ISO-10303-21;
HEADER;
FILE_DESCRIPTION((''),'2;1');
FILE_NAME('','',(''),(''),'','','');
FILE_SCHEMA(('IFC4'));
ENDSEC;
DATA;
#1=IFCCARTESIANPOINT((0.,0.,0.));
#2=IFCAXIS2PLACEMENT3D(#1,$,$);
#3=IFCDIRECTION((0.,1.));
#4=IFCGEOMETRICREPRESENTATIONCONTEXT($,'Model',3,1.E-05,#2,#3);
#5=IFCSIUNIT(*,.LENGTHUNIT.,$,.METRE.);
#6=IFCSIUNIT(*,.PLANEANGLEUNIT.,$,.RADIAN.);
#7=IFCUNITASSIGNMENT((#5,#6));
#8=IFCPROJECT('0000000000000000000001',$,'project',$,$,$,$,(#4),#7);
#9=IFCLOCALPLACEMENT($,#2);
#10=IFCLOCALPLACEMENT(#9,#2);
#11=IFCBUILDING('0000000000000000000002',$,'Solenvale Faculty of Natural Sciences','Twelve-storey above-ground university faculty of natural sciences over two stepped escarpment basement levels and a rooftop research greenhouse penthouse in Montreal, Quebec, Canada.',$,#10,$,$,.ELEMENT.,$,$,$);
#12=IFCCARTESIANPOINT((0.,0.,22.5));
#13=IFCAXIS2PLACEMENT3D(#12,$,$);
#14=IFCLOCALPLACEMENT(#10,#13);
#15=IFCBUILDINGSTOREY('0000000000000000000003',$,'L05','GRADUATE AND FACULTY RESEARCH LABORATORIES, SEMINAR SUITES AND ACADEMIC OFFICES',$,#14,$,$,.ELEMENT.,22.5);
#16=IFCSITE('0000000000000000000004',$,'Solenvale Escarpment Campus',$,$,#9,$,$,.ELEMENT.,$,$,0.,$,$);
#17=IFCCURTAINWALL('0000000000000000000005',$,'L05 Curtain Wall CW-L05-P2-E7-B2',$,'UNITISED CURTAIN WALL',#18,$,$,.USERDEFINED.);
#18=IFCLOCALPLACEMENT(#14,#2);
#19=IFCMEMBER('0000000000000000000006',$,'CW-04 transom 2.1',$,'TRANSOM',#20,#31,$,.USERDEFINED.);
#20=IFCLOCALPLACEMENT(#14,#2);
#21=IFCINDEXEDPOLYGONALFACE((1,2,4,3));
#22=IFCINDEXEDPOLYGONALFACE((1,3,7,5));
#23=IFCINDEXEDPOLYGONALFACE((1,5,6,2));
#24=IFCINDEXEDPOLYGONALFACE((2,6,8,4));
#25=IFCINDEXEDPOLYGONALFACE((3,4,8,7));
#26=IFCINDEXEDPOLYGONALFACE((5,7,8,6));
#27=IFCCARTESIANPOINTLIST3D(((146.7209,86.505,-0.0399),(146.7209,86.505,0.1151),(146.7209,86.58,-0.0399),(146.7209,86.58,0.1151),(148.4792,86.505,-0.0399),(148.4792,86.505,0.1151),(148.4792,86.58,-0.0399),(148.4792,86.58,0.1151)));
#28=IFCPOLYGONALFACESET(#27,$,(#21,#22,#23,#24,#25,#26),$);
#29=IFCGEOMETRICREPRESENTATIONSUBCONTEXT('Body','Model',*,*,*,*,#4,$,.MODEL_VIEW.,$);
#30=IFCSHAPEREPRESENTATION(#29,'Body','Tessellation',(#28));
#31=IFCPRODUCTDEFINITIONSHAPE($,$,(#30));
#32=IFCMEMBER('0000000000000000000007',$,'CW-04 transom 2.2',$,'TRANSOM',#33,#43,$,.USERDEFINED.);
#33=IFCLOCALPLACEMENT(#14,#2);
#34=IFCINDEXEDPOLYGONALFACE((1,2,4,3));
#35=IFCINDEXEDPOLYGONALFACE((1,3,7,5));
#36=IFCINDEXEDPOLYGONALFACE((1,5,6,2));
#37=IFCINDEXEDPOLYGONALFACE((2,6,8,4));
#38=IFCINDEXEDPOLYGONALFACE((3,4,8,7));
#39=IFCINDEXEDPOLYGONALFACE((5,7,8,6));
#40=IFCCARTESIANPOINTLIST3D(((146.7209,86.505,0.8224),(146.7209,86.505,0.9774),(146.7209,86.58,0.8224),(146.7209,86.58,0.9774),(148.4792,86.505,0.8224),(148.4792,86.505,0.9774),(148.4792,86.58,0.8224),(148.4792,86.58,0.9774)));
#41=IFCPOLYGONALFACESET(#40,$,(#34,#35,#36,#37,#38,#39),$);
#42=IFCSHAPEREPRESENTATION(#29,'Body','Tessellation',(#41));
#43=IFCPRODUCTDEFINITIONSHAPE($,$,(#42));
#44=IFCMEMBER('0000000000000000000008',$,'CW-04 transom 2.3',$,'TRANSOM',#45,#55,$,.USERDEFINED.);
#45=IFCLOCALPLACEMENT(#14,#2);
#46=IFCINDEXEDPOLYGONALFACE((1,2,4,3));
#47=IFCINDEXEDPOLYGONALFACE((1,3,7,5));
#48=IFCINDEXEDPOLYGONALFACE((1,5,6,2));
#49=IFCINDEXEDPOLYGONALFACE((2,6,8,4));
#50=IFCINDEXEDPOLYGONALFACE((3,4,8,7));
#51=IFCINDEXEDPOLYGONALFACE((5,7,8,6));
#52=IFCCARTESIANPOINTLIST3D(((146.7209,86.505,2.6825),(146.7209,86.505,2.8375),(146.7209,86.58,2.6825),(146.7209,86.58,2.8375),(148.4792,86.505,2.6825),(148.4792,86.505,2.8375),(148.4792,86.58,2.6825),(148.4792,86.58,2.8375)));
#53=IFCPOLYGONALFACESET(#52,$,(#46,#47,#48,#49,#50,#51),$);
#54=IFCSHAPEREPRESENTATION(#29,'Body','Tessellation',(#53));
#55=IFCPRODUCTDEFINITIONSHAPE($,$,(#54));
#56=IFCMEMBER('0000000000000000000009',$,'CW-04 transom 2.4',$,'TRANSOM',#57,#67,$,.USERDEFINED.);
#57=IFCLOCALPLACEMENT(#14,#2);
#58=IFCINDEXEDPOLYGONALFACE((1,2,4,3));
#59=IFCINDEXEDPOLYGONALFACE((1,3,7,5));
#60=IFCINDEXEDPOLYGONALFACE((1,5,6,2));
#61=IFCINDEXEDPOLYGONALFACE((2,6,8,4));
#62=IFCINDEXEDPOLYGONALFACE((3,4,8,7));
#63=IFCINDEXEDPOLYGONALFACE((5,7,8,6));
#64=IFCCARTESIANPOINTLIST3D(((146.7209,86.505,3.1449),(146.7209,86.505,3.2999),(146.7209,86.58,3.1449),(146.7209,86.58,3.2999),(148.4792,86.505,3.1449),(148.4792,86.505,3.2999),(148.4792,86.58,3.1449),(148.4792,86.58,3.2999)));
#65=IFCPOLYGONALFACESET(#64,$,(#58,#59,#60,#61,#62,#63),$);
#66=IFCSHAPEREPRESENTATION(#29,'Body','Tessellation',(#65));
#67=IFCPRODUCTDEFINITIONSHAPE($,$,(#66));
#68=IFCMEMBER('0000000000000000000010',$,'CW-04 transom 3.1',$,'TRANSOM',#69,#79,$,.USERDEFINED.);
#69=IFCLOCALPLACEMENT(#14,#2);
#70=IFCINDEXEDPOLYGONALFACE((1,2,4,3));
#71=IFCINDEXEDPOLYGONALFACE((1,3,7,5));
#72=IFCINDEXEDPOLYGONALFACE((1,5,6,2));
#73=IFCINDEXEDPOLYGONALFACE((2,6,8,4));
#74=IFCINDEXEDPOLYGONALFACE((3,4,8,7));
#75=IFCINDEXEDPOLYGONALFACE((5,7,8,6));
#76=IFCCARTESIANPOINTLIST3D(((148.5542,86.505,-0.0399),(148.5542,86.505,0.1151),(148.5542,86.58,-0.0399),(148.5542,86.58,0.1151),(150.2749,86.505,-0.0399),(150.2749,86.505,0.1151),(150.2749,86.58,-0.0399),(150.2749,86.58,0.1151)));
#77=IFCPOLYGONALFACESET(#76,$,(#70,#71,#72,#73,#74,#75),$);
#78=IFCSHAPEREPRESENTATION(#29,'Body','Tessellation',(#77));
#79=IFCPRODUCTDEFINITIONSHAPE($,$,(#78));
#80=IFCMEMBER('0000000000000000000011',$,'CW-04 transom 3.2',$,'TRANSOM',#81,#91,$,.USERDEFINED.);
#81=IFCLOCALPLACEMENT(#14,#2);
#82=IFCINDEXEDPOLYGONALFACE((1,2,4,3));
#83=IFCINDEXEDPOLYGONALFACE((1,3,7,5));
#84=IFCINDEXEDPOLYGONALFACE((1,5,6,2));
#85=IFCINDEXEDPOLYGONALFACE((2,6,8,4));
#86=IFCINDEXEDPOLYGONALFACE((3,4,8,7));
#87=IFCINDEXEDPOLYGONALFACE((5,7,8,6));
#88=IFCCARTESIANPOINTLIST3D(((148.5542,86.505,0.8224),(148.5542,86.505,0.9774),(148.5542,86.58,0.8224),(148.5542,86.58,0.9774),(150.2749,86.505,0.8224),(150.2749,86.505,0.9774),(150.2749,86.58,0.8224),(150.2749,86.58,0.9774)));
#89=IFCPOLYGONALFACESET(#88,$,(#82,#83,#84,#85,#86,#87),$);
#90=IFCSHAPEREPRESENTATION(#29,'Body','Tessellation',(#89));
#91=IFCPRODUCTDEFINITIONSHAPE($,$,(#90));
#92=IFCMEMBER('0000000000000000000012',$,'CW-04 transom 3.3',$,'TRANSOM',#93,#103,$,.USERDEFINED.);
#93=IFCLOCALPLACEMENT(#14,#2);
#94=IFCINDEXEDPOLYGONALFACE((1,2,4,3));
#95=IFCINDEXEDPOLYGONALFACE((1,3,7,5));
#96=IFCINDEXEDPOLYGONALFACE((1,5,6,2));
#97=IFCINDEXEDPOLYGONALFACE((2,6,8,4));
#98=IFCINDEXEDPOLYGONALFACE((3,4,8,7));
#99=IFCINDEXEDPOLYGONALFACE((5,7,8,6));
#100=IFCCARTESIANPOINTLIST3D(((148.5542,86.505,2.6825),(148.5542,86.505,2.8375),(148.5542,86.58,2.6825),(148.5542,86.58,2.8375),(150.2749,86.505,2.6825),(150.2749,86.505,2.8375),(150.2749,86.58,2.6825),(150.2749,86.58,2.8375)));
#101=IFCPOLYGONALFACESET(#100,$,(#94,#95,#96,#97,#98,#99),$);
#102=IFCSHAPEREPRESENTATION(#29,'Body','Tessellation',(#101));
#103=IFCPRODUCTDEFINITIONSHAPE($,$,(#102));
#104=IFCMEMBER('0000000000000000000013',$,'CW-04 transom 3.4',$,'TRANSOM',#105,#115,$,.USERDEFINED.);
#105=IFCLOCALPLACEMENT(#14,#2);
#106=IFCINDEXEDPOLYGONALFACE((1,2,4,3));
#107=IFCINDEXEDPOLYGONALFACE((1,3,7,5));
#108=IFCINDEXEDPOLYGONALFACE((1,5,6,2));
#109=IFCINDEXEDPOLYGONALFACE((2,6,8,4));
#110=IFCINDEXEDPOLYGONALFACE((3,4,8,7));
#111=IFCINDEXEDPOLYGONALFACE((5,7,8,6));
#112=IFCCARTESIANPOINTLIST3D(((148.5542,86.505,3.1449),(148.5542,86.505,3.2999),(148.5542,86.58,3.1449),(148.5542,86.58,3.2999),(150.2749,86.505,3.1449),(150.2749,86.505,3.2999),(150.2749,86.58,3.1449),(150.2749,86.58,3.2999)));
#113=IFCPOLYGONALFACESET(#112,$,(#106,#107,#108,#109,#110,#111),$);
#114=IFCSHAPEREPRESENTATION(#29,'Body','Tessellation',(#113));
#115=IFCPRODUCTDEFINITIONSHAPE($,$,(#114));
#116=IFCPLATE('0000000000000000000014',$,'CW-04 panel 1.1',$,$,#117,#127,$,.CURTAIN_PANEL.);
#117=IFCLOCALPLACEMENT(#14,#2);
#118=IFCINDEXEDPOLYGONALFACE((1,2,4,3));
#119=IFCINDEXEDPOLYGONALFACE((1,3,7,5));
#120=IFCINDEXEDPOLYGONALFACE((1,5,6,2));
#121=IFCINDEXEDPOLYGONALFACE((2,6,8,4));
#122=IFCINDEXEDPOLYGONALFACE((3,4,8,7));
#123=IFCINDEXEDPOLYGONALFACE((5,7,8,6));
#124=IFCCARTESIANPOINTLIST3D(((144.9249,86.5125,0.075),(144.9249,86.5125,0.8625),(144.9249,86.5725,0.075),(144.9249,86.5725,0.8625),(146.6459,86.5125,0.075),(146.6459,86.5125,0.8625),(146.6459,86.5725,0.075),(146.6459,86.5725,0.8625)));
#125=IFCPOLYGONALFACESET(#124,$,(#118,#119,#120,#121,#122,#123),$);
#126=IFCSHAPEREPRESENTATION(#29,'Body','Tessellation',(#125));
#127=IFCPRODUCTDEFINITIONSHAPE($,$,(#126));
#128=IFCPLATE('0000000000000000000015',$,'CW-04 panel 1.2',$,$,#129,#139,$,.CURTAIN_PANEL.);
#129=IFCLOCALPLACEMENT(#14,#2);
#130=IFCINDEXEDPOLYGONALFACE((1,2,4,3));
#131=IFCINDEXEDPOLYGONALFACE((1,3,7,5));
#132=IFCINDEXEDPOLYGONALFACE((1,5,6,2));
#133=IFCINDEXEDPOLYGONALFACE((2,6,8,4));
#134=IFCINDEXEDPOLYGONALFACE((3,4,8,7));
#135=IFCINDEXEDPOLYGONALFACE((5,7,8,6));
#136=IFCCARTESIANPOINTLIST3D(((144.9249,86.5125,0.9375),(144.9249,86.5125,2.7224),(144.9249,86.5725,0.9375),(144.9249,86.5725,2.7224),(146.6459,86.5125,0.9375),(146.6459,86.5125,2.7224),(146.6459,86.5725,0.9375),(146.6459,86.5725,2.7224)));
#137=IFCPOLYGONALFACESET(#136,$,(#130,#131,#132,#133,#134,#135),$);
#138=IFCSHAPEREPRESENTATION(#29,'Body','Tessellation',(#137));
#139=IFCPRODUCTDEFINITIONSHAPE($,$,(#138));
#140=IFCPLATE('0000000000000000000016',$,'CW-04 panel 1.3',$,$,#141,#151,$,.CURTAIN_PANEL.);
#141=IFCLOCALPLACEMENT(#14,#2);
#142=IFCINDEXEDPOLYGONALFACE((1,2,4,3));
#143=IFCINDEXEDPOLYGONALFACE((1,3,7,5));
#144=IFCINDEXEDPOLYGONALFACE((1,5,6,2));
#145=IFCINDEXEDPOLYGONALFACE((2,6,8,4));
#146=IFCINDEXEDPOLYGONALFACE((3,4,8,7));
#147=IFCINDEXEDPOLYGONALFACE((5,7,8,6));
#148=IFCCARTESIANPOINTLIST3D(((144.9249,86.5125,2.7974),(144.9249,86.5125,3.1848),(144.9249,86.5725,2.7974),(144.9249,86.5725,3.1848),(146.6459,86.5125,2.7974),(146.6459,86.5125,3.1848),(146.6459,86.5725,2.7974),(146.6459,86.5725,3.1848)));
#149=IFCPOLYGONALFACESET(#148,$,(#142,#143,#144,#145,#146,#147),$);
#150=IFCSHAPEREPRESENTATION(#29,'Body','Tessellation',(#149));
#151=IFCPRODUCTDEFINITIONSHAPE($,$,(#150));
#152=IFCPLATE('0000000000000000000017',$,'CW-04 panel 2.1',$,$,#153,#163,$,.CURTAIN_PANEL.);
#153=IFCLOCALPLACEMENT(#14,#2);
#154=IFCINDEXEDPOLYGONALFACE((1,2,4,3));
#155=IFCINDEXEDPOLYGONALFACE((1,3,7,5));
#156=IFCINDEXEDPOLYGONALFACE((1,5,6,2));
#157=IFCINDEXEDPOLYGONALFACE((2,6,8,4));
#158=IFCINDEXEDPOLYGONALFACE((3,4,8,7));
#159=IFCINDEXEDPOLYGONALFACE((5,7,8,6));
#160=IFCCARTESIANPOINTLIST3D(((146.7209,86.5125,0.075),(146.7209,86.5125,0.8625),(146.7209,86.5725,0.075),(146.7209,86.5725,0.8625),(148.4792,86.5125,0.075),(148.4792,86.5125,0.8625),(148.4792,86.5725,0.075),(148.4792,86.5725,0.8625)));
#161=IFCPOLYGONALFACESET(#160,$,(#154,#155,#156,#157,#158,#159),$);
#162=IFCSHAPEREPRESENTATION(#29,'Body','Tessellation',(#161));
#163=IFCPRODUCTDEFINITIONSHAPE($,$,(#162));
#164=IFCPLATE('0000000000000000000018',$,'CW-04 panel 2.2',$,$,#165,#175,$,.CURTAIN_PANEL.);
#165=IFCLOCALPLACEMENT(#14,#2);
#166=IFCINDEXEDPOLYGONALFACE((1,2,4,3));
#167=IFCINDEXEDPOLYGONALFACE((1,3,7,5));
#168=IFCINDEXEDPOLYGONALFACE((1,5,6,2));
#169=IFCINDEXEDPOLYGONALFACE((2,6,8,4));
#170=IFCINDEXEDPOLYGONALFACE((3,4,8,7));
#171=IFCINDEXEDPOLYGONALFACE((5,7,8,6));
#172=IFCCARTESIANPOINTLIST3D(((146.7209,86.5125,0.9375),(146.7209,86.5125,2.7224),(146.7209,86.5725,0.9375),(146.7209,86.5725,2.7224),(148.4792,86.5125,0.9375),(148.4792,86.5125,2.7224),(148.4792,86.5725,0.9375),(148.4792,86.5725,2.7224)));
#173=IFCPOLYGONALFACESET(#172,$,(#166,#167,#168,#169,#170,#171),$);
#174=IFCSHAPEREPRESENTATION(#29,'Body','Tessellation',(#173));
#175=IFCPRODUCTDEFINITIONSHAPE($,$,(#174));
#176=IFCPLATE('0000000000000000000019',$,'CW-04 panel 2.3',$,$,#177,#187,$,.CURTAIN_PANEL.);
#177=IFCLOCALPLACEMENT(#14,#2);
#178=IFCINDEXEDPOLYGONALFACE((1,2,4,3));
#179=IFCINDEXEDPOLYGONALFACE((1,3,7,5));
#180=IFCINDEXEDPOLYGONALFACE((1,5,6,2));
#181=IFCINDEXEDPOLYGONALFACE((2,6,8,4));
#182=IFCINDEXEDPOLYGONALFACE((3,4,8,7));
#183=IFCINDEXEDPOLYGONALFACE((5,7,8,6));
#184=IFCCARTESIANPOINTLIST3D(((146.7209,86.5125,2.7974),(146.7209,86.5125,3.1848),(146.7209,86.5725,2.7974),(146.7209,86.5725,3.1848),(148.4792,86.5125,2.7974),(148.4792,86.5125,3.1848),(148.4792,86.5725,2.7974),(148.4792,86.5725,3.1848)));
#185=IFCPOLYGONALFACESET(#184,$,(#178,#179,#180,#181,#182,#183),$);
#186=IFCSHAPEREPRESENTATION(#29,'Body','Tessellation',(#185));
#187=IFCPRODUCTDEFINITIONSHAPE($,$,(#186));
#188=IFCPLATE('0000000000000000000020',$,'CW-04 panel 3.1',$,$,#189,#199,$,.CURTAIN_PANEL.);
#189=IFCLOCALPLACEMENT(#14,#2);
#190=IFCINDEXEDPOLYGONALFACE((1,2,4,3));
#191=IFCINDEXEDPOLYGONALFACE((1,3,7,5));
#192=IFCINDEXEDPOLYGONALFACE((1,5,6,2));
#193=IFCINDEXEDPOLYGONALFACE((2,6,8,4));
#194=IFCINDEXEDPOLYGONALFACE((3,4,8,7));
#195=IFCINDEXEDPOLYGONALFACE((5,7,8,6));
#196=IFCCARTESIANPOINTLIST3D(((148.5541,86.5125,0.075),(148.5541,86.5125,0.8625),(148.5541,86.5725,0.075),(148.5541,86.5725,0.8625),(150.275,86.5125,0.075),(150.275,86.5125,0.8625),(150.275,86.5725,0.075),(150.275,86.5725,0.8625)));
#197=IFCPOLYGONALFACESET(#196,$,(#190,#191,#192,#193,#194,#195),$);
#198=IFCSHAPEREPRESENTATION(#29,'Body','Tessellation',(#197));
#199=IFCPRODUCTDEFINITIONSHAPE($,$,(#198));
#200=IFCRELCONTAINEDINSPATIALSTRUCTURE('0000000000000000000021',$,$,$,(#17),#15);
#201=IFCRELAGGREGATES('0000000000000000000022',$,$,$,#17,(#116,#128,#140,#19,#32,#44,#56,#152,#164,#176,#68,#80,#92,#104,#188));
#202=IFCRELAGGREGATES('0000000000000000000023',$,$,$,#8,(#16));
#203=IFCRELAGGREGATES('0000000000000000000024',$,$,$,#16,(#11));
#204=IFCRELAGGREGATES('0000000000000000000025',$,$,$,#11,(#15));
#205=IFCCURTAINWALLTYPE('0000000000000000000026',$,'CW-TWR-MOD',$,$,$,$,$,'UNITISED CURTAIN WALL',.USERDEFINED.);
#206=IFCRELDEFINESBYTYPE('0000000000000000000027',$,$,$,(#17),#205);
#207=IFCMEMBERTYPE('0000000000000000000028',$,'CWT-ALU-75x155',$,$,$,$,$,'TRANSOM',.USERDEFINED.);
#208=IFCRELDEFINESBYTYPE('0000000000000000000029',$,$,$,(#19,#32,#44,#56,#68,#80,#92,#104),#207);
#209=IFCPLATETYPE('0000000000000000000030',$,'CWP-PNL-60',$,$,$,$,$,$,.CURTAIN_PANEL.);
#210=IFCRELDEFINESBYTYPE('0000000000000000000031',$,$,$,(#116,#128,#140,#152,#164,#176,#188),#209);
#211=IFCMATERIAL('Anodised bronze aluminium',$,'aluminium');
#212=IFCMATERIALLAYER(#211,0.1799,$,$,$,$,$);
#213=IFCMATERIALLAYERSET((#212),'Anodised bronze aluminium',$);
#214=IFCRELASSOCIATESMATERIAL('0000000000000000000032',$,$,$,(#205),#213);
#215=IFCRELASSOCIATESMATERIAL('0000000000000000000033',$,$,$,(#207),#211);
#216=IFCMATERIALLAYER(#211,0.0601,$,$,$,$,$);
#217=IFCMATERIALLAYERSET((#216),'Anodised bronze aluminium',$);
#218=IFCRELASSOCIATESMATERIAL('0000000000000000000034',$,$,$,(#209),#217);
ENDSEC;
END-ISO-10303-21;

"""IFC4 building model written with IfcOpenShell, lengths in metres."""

from ifc_helpers import new_model, si_unit, direction, frame, origin, origin_2d, place, context, subcontext, project, spatial, rectangle, extrude, material, layer, layer_set, material_profile, profile_set, type_object, element, aggregate, save


model = new_model("IFC4")

# Units and contexts
model_context = context("Model", 3, precision=1e-05, world=origin(), true_north=direction((0.0, 1.0)))
body_context = subcontext(model_context, "Body", "Model", "MODEL_VIEW")
ifc_project = project(units=[si_unit("LENGTHUNIT", "METRE"), si_unit("PLANEANGLEUNIT", "RADIAN")], contexts=[model_context])

# Site, building, storey
site_placement = place(None, origin())
site = spatial("IfcSite", under=ifc_project, at=site_placement, Name="Solenvale Escarpment Campus", CompositionType="ELEMENT", RefElevation=0.0)
building_placement = place(site_placement, origin())
building = spatial("IfcBuilding", under=site, at=building_placement, Name="Solenvale Faculty of Natural Sciences", Description="Twelve-storey above-ground university faculty of natural sciences over two stepped escarpment basement levels and a rooftop research greenhouse penthouse in Montreal, Quebec, Canada.", CompositionType="ELEMENT")
storey_placement = place(building_placement, frame((0.0, 0.0, 22.5)))
storey = spatial("IfcBuildingStorey", under=building, at=storey_placement, Name="L05", Description="GRADUATE AND FACULTY RESEARCH LABORATORIES, SEMINAR SUITES AND ACADEMIC OFFICES", CompositionType="ELEMENT", Elevation=22.5)

# Shared definitions
ifc_material_1 = material(Name="Anodised bronze aluminium", Category="aluminium")
ifc_layer_1 = layer(ifc_material_1, 0.1799)
ifc_layer_set_1 = layer_set([ifc_layer_1], Name="Anodised bronze aluminium")
curtain_wall_type = type_object("IfcCurtainWallType", Name="CW-TWR-MOD", ElementType="UNITISED CURTAIN WALL", PredefinedType="USERDEFINED", material=ifc_layer_set_1)

# Curtain wall
curtain_wall_1_placement = place(storey_placement, origin())
curtain_wall_1 = element("IfcCurtainWall", 1, at=curtain_wall_1_placement, inside=storey, type_object=curtain_wall_type, Name="L05 Curtain Wall CW-L05-P2-E7-B2", ObjectType="UNITISED CURTAIN WALL", PredefinedType="USERDEFINED")

# Members
ifc_material_profile_1 = material_profile(ifc_material_1, rectangle(XDim=0.075, YDim=0.155, at=origin_2d()), Name="ALU-TRN-75x155")
ifc_profile_set_1 = profile_set([ifc_material_profile_1], Name="Anodised bronze aluminium")
member_type_1 = type_object("IfcMemberType", Name="CWT-ALU-75x155", ElementType="TRANSOM", PredefinedType="USERDEFINED", material=ifc_profile_set_1)
member_1_placement = place(storey_placement, frame((146.7209, 86.5425, 0.0376), z_axis=(1.0, 0.0, 0.0), x_axis=(0.0, 1.0, 0.0)))
member_1 = element("IfcMember", 2, at=member_1_placement, type_object=member_type_1, Name="CW-04 transom 2.1", ObjectType="TRANSOM", PredefinedType="USERDEFINED", context=body_context, shape_type="SweptSolid", body=[
    extrude(rectangle(XDim=0.075, YDim=0.155, at=origin_2d()), origin(), (0.0, 0.0, 1.0), 1.7583),
])
member_2_placement = place(storey_placement, frame((146.7209, 86.5425, 0.8999), z_axis=(1.0, 0.0, 0.0), x_axis=(0.0, 1.0, 0.0)))
member_2 = element("IfcMember", 3, at=member_2_placement, type_object=member_type_1, Name="CW-04 transom 2.2", ObjectType="TRANSOM", PredefinedType="USERDEFINED", context=body_context, shape_type="SweptSolid", body=[
    extrude(rectangle(XDim=0.075, YDim=0.155, at=origin_2d()), origin(), (0.0, 0.0, 1.0), 1.7583),
])
member_3_placement = place(storey_placement, frame((146.7209, 86.5425, 2.76), z_axis=(1.0, 0.0, 0.0), x_axis=(0.0, 1.0, 0.0)))
member_3 = element("IfcMember", 4, at=member_3_placement, type_object=member_type_1, Name="CW-04 transom 2.3", ObjectType="TRANSOM", PredefinedType="USERDEFINED", context=body_context, shape_type="SweptSolid", body=[
    extrude(rectangle(XDim=0.075, YDim=0.155, at=origin_2d()), origin(), (0.0, 0.0, 1.0), 1.7583),
])
member_4_placement = place(storey_placement, frame((146.7209, 86.5425, 3.2224), z_axis=(1.0, 0.0, 0.0), x_axis=(0.0, 1.0, 0.0)))
member_4 = element("IfcMember", 5, at=member_4_placement, type_object=member_type_1, Name="CW-04 transom 2.4", ObjectType="TRANSOM", PredefinedType="USERDEFINED", context=body_context, shape_type="SweptSolid", body=[
    extrude(rectangle(XDim=0.075, YDim=0.155, at=origin_2d()), origin(), (0.0, 0.0, 1.0), 1.7583),
])
member_5_placement = place(storey_placement, frame((148.5542, 86.5425, 0.0376), z_axis=(1.0, 0.0, 0.0), x_axis=(0.0, 1.0, 0.0)))
member_5 = element("IfcMember", 6, at=member_5_placement, type_object=member_type_1, Name="CW-04 transom 3.1", ObjectType="TRANSOM", PredefinedType="USERDEFINED", context=body_context, shape_type="SweptSolid", body=[
    extrude(rectangle(XDim=0.075, YDim=0.155, at=origin_2d()), origin(), (0.0, 0.0, 1.0), 1.7207),
])
member_6_placement = place(storey_placement, frame((148.5542, 86.5425, 0.8999), z_axis=(1.0, 0.0, 0.0), x_axis=(0.0, 1.0, 0.0)))
member_6 = element("IfcMember", 7, at=member_6_placement, type_object=member_type_1, Name="CW-04 transom 3.2", ObjectType="TRANSOM", PredefinedType="USERDEFINED", context=body_context, shape_type="SweptSolid", body=[
    extrude(rectangle(XDim=0.075, YDim=0.155, at=origin_2d()), origin(), (0.0, 0.0, 1.0), 1.7207),
])
member_7_placement = place(storey_placement, frame((148.5542, 86.5425, 2.76), z_axis=(1.0, 0.0, 0.0), x_axis=(0.0, 1.0, 0.0)))
member_7 = element("IfcMember", 8, at=member_7_placement, type_object=member_type_1, Name="CW-04 transom 3.3", ObjectType="TRANSOM", PredefinedType="USERDEFINED", context=body_context, shape_type="SweptSolid", body=[
    extrude(rectangle(XDim=0.075, YDim=0.155, at=origin_2d()), origin(), (0.0, 0.0, 1.0), 1.7207),
])
member_8_placement = place(storey_placement, frame((148.5542, 86.5425, 3.2224), z_axis=(1.0, 0.0, 0.0), x_axis=(0.0, 1.0, 0.0)))
member_8 = element("IfcMember", 9, at=member_8_placement, type_object=member_type_1, Name="CW-04 transom 3.4", ObjectType="TRANSOM", PredefinedType="USERDEFINED", context=body_context, shape_type="SweptSolid", body=[
    extrude(rectangle(XDim=0.075, YDim=0.155, at=origin_2d()), origin(), (0.0, 0.0, 1.0), 1.7207),
])

# Plates
ifc_layer_2 = layer(ifc_material_1, 0.0601)
ifc_layer_set_2 = layer_set([ifc_layer_2], Name="Anodised bronze aluminium")
plate_type = type_object("IfcPlateType", Name="CWP-PNL-60", PredefinedType="CURTAIN_PANEL", material=ifc_layer_set_2)
plate_1_placement = place(storey_placement, frame((145.7854, 86.5425, 0.075), z_axis=(0.0, 0.0, 1.0), x_axis=(1.0, 0.0, 0.0)))
plate_1 = element("IfcPlate", 10, at=plate_1_placement, type_object=plate_type, Name="CW-04 panel 1.1", PredefinedType="CURTAIN_PANEL", context=body_context, shape_type="SweptSolid", body=[
    extrude(rectangle(XDim=1.7209, YDim=0.0601, at=origin_2d()), origin(), (0.0, 0.0, 1.0), 0.7876),
])
plate_2_placement = place(storey_placement, frame((145.7854, 86.5425, 0.9375), z_axis=(0.0, 0.0, 1.0), x_axis=(1.0, 0.0, 0.0)))
plate_2 = element("IfcPlate", 11, at=plate_2_placement, type_object=plate_type, Name="CW-04 panel 1.2", PredefinedType="CURTAIN_PANEL", context=body_context, shape_type="SweptSolid", body=[
    extrude(rectangle(XDim=1.7209, YDim=0.0601, at=origin_2d()), origin(), (0.0, 0.0, 1.0), 1.7849),
])
plate_3_placement = place(storey_placement, frame((145.7854, 86.5425, 2.7974), z_axis=(0.0, 0.0, 1.0), x_axis=(1.0, 0.0, 0.0)))
plate_3 = element("IfcPlate", 12, at=plate_3_placement, type_object=plate_type, Name="CW-04 panel 1.3", PredefinedType="CURTAIN_PANEL", context=body_context, shape_type="SweptSolid", body=[
    extrude(rectangle(XDim=1.7209, YDim=0.0601, at=origin_2d()), origin(), (0.0, 0.0, 1.0), 0.3875),
])
plate_4_placement = place(storey_placement, frame((147.6001, 86.5425, 0.075), z_axis=(0.0, 0.0, 1.0), x_axis=(1.0, 0.0, 0.0)))
plate_4 = element("IfcPlate", 13, at=plate_4_placement, type_object=plate_type, Name="CW-04 panel 2.1", PredefinedType="CURTAIN_PANEL", context=body_context, shape_type="SweptSolid", body=[
    extrude(rectangle(XDim=1.7583, YDim=0.0601, at=origin_2d()), origin(), (0.0, 0.0, 1.0), 0.7876),
])
plate_5_placement = place(storey_placement, frame((147.6001, 86.5425, 0.9375), z_axis=(0.0, 0.0, 1.0), x_axis=(1.0, 0.0, 0.0)))
plate_5 = element("IfcPlate", 14, at=plate_5_placement, type_object=plate_type, Name="CW-04 panel 2.2", PredefinedType="CURTAIN_PANEL", context=body_context, shape_type="SweptSolid", body=[
    extrude(rectangle(XDim=1.7583, YDim=0.0601, at=origin_2d()), origin(), (0.0, 0.0, 1.0), 1.7849),
])
plate_6_placement = place(storey_placement, frame((147.6001, 86.5425, 2.7974), z_axis=(0.0, 0.0, 1.0), x_axis=(1.0, 0.0, 0.0)))
plate_6 = element("IfcPlate", 15, at=plate_6_placement, type_object=plate_type, Name="CW-04 panel 2.3", PredefinedType="CURTAIN_PANEL", context=body_context, shape_type="SweptSolid", body=[
    extrude(rectangle(XDim=1.7583, YDim=0.0601, at=origin_2d()), origin(), (0.0, 0.0, 1.0), 0.3875),
])
plate_7_placement = place(storey_placement, frame((149.4146, 86.5425, 0.075), z_axis=(0.0, 0.0, 1.0), x_axis=(1.0, 0.0, 0.0)))
plate_7 = element("IfcPlate", 16, at=plate_7_placement, type_object=plate_type, Name="CW-04 panel 3.1", PredefinedType="CURTAIN_PANEL", context=body_context, shape_type="SweptSolid", body=[
    extrude(rectangle(XDim=1.7209, YDim=0.0601, at=origin_2d()), origin(), (0.0, 0.0, 1.0), 0.7876),
])
aggregate(curtain_wall_1, [plate_1, plate_2, plate_3, member_1, member_2, member_3, member_4, plate_4, plate_5, plate_6, member_5, member_6, member_7, member_8, plate_7])

save(model, "model.ifc")
